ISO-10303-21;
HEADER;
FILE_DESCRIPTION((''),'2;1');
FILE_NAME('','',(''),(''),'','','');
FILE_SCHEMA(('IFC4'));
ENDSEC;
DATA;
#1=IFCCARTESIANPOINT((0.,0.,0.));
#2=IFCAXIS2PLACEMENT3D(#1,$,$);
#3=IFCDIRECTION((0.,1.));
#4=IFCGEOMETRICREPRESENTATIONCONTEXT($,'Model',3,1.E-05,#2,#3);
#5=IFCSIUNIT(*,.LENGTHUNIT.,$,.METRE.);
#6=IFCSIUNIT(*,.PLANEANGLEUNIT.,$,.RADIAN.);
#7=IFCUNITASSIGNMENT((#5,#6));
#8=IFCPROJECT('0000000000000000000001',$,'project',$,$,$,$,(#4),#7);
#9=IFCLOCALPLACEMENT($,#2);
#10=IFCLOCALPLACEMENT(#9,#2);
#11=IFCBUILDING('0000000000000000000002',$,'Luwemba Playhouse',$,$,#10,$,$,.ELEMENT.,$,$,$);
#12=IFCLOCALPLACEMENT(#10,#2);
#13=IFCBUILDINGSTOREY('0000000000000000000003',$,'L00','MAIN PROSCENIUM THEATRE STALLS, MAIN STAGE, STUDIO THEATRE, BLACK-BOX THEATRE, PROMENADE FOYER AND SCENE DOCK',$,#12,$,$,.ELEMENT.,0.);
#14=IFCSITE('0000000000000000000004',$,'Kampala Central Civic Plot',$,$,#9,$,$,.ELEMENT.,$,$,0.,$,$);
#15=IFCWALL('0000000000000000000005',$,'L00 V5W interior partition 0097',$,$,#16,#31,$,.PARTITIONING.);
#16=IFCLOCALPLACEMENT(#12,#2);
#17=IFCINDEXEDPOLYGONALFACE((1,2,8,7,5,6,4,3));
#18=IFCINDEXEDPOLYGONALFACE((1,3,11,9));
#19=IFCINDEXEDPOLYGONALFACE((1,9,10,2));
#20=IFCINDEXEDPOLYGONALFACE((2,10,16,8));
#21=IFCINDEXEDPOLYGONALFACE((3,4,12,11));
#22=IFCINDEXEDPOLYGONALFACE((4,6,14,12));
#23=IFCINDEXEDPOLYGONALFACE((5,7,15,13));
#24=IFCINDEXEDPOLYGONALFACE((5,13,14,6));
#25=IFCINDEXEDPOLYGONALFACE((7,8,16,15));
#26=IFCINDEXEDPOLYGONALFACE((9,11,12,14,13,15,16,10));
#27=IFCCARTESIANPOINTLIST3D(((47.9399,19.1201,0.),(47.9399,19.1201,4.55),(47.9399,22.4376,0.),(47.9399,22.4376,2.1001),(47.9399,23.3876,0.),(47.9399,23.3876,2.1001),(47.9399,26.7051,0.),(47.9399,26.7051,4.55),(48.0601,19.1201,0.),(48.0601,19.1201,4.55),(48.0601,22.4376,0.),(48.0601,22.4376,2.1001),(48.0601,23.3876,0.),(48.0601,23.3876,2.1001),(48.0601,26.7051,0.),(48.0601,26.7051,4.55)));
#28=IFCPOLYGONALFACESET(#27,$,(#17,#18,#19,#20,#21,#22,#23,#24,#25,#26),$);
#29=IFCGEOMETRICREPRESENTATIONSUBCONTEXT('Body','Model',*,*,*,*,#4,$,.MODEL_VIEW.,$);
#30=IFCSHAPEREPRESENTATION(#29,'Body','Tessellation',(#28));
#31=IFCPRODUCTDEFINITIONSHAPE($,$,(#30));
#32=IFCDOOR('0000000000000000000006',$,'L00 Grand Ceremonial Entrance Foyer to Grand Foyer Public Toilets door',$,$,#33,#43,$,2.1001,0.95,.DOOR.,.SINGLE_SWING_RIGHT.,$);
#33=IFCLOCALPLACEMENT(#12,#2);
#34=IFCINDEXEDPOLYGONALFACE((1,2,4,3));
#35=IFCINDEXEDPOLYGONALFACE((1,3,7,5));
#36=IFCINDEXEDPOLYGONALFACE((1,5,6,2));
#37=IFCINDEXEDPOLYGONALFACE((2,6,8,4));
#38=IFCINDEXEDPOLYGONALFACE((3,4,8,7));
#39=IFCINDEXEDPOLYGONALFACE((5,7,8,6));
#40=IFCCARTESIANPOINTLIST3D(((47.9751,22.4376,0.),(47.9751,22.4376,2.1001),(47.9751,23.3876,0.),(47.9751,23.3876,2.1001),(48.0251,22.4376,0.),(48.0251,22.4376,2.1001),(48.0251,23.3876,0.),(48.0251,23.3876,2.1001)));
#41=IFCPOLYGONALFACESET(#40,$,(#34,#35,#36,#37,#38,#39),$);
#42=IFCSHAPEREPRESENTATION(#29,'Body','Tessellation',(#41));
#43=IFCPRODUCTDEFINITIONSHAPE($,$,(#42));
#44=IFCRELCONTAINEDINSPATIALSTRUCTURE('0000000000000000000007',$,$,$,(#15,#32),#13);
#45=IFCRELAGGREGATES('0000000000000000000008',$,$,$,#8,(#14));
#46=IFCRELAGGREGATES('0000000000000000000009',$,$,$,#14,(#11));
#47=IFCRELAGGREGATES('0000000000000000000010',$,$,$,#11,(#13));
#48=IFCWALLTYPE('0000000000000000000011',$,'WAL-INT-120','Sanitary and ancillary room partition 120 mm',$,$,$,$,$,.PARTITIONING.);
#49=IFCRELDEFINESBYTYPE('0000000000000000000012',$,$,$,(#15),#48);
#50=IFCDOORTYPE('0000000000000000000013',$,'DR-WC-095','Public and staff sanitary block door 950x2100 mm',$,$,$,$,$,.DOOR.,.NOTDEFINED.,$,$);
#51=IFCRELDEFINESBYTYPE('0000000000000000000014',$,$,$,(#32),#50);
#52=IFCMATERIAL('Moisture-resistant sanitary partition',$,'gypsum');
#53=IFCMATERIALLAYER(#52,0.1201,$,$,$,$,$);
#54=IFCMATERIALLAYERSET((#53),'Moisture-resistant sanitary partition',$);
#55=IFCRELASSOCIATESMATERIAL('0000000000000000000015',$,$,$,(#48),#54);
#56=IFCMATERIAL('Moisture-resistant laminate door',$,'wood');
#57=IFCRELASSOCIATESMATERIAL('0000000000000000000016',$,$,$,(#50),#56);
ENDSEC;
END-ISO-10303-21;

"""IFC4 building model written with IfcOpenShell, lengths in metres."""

from ifc_helpers import new_model, si_unit, direction, frame, frame_2d, origin, place, context, subcontext, project, spatial, rectangle, extrude, material, layer, layer_set, type_object, element, fill, save


model = new_model("IFC4")

# Units and contexts
model_context = context("Model", 3, precision=1e-05, world=origin(), true_north=direction((0.0, 1.0)))
body_context = subcontext(model_context, "Body", "Model", "MODEL_VIEW")
ifc_project = project(units=[si_unit("LENGTHUNIT", "METRE"), si_unit("PLANEANGLEUNIT", "RADIAN")], contexts=[model_context])

# Site, building, storey
site_placement = place(None, origin())
site = spatial("IfcSite", under=ifc_project, at=site_placement, Name="Kampala Central Civic Plot", CompositionType="ELEMENT", RefElevation=0.0)
building_placement = place(site_placement, origin())
building = spatial("IfcBuilding", under=site, at=building_placement, Name="Luwemba Playhouse", CompositionType="ELEMENT")
storey_placement = place(building_placement, origin())
storey = spatial("IfcBuildingStorey", under=building, at=storey_placement, Name="L00", Description="MAIN PROSCENIUM THEATRE STALLS, MAIN STAGE, STUDIO THEATRE, BLACK-BOX THEATRE, PROMENADE FOYER AND SCENE DOCK", CompositionType="ELEMENT", Elevation=0.0)

# Wall, opening, door
ifc_material_1 = material(Name="Moisture-resistant sanitary partition", Category="gypsum")
ifc_layer_1 = layer(ifc_material_1, 0.1201)
ifc_layer_set_1 = layer_set([ifc_layer_1], Name="Moisture-resistant sanitary partition")
wall_type = type_object("IfcWallType", Name="WAL-INT-120", Description="Sanitary and ancillary room partition 120 mm", PredefinedType="PARTITIONING", material=ifc_layer_set_1)
wall_placement = place(storey_placement, frame((48.0, 19.1201, 0.0), z_axis=(0.0, 0.0, 1.0), x_axis=(0.0, 1.0, 0.0)))
wall = element("IfcWall", 1, at=wall_placement, inside=storey, type_object=wall_type, Name="L00 V5W interior partition 0097", PredefinedType="PARTITIONING", context=body_context, shape_type="SweptSolid", body=[
    extrude(rectangle(XDim=7.585, YDim=0.1201, at=frame_2d((3.7925, 0.0))), origin(), (0.0, 0.0, 1.0), 4.55),
])
opening_placement = place(wall_placement, frame((3.3174, 0.0, 0.0)))
opening = element("IfcOpeningElement", 2, at=opening_placement, cuts=wall, PredefinedType="OPENING", context=body_context, shape_type="SweptSolid", body=[
    extrude(rectangle(XDim=0.95, YDim=2.1001, at=frame_2d((0.4751, 1.05))), frame((0.0, 0.0701, 0.0), z_axis=(0.0, -1.0, 0.0), x_axis=(1.0, 0.0, 0.0)), (0.0, 0.0, 1.0), 0.1401),
])
ifc_material_2 = material(Name="Moisture-resistant laminate door", Category="wood")
door_type = type_object("IfcDoorType", Name="DR-WC-095", Description="Public and staff sanitary block door 950x2100 mm", OperationType="NOTDEFINED", PredefinedType="DOOR", material=ifc_material_2)
door_placement = place(opening_placement, origin())
door = element("IfcDoor", 3, at=door_placement, inside=storey, type_object=door_type, Name="L00 Grand Ceremonial Entrance Foyer to Grand Foyer Public Toilets door", OperationType="SINGLE_SWING_RIGHT", OverallHeight=2.1001, OverallWidth=0.95, PredefinedType="DOOR", context=body_context, shape_type="SweptSolid", body=[
    extrude(rectangle(XDim=0.95, YDim=2.1001, at=frame_2d((0.4751, 1.05))), frame((0.0, 0.0249, 0.0), z_axis=(0.0, -1.0, 0.0), x_axis=(1.0, 0.0, 0.0)), (0.0, 0.0, 1.0), 0.05),
])
fill(opening, door)

save(model, "model.ifc")
